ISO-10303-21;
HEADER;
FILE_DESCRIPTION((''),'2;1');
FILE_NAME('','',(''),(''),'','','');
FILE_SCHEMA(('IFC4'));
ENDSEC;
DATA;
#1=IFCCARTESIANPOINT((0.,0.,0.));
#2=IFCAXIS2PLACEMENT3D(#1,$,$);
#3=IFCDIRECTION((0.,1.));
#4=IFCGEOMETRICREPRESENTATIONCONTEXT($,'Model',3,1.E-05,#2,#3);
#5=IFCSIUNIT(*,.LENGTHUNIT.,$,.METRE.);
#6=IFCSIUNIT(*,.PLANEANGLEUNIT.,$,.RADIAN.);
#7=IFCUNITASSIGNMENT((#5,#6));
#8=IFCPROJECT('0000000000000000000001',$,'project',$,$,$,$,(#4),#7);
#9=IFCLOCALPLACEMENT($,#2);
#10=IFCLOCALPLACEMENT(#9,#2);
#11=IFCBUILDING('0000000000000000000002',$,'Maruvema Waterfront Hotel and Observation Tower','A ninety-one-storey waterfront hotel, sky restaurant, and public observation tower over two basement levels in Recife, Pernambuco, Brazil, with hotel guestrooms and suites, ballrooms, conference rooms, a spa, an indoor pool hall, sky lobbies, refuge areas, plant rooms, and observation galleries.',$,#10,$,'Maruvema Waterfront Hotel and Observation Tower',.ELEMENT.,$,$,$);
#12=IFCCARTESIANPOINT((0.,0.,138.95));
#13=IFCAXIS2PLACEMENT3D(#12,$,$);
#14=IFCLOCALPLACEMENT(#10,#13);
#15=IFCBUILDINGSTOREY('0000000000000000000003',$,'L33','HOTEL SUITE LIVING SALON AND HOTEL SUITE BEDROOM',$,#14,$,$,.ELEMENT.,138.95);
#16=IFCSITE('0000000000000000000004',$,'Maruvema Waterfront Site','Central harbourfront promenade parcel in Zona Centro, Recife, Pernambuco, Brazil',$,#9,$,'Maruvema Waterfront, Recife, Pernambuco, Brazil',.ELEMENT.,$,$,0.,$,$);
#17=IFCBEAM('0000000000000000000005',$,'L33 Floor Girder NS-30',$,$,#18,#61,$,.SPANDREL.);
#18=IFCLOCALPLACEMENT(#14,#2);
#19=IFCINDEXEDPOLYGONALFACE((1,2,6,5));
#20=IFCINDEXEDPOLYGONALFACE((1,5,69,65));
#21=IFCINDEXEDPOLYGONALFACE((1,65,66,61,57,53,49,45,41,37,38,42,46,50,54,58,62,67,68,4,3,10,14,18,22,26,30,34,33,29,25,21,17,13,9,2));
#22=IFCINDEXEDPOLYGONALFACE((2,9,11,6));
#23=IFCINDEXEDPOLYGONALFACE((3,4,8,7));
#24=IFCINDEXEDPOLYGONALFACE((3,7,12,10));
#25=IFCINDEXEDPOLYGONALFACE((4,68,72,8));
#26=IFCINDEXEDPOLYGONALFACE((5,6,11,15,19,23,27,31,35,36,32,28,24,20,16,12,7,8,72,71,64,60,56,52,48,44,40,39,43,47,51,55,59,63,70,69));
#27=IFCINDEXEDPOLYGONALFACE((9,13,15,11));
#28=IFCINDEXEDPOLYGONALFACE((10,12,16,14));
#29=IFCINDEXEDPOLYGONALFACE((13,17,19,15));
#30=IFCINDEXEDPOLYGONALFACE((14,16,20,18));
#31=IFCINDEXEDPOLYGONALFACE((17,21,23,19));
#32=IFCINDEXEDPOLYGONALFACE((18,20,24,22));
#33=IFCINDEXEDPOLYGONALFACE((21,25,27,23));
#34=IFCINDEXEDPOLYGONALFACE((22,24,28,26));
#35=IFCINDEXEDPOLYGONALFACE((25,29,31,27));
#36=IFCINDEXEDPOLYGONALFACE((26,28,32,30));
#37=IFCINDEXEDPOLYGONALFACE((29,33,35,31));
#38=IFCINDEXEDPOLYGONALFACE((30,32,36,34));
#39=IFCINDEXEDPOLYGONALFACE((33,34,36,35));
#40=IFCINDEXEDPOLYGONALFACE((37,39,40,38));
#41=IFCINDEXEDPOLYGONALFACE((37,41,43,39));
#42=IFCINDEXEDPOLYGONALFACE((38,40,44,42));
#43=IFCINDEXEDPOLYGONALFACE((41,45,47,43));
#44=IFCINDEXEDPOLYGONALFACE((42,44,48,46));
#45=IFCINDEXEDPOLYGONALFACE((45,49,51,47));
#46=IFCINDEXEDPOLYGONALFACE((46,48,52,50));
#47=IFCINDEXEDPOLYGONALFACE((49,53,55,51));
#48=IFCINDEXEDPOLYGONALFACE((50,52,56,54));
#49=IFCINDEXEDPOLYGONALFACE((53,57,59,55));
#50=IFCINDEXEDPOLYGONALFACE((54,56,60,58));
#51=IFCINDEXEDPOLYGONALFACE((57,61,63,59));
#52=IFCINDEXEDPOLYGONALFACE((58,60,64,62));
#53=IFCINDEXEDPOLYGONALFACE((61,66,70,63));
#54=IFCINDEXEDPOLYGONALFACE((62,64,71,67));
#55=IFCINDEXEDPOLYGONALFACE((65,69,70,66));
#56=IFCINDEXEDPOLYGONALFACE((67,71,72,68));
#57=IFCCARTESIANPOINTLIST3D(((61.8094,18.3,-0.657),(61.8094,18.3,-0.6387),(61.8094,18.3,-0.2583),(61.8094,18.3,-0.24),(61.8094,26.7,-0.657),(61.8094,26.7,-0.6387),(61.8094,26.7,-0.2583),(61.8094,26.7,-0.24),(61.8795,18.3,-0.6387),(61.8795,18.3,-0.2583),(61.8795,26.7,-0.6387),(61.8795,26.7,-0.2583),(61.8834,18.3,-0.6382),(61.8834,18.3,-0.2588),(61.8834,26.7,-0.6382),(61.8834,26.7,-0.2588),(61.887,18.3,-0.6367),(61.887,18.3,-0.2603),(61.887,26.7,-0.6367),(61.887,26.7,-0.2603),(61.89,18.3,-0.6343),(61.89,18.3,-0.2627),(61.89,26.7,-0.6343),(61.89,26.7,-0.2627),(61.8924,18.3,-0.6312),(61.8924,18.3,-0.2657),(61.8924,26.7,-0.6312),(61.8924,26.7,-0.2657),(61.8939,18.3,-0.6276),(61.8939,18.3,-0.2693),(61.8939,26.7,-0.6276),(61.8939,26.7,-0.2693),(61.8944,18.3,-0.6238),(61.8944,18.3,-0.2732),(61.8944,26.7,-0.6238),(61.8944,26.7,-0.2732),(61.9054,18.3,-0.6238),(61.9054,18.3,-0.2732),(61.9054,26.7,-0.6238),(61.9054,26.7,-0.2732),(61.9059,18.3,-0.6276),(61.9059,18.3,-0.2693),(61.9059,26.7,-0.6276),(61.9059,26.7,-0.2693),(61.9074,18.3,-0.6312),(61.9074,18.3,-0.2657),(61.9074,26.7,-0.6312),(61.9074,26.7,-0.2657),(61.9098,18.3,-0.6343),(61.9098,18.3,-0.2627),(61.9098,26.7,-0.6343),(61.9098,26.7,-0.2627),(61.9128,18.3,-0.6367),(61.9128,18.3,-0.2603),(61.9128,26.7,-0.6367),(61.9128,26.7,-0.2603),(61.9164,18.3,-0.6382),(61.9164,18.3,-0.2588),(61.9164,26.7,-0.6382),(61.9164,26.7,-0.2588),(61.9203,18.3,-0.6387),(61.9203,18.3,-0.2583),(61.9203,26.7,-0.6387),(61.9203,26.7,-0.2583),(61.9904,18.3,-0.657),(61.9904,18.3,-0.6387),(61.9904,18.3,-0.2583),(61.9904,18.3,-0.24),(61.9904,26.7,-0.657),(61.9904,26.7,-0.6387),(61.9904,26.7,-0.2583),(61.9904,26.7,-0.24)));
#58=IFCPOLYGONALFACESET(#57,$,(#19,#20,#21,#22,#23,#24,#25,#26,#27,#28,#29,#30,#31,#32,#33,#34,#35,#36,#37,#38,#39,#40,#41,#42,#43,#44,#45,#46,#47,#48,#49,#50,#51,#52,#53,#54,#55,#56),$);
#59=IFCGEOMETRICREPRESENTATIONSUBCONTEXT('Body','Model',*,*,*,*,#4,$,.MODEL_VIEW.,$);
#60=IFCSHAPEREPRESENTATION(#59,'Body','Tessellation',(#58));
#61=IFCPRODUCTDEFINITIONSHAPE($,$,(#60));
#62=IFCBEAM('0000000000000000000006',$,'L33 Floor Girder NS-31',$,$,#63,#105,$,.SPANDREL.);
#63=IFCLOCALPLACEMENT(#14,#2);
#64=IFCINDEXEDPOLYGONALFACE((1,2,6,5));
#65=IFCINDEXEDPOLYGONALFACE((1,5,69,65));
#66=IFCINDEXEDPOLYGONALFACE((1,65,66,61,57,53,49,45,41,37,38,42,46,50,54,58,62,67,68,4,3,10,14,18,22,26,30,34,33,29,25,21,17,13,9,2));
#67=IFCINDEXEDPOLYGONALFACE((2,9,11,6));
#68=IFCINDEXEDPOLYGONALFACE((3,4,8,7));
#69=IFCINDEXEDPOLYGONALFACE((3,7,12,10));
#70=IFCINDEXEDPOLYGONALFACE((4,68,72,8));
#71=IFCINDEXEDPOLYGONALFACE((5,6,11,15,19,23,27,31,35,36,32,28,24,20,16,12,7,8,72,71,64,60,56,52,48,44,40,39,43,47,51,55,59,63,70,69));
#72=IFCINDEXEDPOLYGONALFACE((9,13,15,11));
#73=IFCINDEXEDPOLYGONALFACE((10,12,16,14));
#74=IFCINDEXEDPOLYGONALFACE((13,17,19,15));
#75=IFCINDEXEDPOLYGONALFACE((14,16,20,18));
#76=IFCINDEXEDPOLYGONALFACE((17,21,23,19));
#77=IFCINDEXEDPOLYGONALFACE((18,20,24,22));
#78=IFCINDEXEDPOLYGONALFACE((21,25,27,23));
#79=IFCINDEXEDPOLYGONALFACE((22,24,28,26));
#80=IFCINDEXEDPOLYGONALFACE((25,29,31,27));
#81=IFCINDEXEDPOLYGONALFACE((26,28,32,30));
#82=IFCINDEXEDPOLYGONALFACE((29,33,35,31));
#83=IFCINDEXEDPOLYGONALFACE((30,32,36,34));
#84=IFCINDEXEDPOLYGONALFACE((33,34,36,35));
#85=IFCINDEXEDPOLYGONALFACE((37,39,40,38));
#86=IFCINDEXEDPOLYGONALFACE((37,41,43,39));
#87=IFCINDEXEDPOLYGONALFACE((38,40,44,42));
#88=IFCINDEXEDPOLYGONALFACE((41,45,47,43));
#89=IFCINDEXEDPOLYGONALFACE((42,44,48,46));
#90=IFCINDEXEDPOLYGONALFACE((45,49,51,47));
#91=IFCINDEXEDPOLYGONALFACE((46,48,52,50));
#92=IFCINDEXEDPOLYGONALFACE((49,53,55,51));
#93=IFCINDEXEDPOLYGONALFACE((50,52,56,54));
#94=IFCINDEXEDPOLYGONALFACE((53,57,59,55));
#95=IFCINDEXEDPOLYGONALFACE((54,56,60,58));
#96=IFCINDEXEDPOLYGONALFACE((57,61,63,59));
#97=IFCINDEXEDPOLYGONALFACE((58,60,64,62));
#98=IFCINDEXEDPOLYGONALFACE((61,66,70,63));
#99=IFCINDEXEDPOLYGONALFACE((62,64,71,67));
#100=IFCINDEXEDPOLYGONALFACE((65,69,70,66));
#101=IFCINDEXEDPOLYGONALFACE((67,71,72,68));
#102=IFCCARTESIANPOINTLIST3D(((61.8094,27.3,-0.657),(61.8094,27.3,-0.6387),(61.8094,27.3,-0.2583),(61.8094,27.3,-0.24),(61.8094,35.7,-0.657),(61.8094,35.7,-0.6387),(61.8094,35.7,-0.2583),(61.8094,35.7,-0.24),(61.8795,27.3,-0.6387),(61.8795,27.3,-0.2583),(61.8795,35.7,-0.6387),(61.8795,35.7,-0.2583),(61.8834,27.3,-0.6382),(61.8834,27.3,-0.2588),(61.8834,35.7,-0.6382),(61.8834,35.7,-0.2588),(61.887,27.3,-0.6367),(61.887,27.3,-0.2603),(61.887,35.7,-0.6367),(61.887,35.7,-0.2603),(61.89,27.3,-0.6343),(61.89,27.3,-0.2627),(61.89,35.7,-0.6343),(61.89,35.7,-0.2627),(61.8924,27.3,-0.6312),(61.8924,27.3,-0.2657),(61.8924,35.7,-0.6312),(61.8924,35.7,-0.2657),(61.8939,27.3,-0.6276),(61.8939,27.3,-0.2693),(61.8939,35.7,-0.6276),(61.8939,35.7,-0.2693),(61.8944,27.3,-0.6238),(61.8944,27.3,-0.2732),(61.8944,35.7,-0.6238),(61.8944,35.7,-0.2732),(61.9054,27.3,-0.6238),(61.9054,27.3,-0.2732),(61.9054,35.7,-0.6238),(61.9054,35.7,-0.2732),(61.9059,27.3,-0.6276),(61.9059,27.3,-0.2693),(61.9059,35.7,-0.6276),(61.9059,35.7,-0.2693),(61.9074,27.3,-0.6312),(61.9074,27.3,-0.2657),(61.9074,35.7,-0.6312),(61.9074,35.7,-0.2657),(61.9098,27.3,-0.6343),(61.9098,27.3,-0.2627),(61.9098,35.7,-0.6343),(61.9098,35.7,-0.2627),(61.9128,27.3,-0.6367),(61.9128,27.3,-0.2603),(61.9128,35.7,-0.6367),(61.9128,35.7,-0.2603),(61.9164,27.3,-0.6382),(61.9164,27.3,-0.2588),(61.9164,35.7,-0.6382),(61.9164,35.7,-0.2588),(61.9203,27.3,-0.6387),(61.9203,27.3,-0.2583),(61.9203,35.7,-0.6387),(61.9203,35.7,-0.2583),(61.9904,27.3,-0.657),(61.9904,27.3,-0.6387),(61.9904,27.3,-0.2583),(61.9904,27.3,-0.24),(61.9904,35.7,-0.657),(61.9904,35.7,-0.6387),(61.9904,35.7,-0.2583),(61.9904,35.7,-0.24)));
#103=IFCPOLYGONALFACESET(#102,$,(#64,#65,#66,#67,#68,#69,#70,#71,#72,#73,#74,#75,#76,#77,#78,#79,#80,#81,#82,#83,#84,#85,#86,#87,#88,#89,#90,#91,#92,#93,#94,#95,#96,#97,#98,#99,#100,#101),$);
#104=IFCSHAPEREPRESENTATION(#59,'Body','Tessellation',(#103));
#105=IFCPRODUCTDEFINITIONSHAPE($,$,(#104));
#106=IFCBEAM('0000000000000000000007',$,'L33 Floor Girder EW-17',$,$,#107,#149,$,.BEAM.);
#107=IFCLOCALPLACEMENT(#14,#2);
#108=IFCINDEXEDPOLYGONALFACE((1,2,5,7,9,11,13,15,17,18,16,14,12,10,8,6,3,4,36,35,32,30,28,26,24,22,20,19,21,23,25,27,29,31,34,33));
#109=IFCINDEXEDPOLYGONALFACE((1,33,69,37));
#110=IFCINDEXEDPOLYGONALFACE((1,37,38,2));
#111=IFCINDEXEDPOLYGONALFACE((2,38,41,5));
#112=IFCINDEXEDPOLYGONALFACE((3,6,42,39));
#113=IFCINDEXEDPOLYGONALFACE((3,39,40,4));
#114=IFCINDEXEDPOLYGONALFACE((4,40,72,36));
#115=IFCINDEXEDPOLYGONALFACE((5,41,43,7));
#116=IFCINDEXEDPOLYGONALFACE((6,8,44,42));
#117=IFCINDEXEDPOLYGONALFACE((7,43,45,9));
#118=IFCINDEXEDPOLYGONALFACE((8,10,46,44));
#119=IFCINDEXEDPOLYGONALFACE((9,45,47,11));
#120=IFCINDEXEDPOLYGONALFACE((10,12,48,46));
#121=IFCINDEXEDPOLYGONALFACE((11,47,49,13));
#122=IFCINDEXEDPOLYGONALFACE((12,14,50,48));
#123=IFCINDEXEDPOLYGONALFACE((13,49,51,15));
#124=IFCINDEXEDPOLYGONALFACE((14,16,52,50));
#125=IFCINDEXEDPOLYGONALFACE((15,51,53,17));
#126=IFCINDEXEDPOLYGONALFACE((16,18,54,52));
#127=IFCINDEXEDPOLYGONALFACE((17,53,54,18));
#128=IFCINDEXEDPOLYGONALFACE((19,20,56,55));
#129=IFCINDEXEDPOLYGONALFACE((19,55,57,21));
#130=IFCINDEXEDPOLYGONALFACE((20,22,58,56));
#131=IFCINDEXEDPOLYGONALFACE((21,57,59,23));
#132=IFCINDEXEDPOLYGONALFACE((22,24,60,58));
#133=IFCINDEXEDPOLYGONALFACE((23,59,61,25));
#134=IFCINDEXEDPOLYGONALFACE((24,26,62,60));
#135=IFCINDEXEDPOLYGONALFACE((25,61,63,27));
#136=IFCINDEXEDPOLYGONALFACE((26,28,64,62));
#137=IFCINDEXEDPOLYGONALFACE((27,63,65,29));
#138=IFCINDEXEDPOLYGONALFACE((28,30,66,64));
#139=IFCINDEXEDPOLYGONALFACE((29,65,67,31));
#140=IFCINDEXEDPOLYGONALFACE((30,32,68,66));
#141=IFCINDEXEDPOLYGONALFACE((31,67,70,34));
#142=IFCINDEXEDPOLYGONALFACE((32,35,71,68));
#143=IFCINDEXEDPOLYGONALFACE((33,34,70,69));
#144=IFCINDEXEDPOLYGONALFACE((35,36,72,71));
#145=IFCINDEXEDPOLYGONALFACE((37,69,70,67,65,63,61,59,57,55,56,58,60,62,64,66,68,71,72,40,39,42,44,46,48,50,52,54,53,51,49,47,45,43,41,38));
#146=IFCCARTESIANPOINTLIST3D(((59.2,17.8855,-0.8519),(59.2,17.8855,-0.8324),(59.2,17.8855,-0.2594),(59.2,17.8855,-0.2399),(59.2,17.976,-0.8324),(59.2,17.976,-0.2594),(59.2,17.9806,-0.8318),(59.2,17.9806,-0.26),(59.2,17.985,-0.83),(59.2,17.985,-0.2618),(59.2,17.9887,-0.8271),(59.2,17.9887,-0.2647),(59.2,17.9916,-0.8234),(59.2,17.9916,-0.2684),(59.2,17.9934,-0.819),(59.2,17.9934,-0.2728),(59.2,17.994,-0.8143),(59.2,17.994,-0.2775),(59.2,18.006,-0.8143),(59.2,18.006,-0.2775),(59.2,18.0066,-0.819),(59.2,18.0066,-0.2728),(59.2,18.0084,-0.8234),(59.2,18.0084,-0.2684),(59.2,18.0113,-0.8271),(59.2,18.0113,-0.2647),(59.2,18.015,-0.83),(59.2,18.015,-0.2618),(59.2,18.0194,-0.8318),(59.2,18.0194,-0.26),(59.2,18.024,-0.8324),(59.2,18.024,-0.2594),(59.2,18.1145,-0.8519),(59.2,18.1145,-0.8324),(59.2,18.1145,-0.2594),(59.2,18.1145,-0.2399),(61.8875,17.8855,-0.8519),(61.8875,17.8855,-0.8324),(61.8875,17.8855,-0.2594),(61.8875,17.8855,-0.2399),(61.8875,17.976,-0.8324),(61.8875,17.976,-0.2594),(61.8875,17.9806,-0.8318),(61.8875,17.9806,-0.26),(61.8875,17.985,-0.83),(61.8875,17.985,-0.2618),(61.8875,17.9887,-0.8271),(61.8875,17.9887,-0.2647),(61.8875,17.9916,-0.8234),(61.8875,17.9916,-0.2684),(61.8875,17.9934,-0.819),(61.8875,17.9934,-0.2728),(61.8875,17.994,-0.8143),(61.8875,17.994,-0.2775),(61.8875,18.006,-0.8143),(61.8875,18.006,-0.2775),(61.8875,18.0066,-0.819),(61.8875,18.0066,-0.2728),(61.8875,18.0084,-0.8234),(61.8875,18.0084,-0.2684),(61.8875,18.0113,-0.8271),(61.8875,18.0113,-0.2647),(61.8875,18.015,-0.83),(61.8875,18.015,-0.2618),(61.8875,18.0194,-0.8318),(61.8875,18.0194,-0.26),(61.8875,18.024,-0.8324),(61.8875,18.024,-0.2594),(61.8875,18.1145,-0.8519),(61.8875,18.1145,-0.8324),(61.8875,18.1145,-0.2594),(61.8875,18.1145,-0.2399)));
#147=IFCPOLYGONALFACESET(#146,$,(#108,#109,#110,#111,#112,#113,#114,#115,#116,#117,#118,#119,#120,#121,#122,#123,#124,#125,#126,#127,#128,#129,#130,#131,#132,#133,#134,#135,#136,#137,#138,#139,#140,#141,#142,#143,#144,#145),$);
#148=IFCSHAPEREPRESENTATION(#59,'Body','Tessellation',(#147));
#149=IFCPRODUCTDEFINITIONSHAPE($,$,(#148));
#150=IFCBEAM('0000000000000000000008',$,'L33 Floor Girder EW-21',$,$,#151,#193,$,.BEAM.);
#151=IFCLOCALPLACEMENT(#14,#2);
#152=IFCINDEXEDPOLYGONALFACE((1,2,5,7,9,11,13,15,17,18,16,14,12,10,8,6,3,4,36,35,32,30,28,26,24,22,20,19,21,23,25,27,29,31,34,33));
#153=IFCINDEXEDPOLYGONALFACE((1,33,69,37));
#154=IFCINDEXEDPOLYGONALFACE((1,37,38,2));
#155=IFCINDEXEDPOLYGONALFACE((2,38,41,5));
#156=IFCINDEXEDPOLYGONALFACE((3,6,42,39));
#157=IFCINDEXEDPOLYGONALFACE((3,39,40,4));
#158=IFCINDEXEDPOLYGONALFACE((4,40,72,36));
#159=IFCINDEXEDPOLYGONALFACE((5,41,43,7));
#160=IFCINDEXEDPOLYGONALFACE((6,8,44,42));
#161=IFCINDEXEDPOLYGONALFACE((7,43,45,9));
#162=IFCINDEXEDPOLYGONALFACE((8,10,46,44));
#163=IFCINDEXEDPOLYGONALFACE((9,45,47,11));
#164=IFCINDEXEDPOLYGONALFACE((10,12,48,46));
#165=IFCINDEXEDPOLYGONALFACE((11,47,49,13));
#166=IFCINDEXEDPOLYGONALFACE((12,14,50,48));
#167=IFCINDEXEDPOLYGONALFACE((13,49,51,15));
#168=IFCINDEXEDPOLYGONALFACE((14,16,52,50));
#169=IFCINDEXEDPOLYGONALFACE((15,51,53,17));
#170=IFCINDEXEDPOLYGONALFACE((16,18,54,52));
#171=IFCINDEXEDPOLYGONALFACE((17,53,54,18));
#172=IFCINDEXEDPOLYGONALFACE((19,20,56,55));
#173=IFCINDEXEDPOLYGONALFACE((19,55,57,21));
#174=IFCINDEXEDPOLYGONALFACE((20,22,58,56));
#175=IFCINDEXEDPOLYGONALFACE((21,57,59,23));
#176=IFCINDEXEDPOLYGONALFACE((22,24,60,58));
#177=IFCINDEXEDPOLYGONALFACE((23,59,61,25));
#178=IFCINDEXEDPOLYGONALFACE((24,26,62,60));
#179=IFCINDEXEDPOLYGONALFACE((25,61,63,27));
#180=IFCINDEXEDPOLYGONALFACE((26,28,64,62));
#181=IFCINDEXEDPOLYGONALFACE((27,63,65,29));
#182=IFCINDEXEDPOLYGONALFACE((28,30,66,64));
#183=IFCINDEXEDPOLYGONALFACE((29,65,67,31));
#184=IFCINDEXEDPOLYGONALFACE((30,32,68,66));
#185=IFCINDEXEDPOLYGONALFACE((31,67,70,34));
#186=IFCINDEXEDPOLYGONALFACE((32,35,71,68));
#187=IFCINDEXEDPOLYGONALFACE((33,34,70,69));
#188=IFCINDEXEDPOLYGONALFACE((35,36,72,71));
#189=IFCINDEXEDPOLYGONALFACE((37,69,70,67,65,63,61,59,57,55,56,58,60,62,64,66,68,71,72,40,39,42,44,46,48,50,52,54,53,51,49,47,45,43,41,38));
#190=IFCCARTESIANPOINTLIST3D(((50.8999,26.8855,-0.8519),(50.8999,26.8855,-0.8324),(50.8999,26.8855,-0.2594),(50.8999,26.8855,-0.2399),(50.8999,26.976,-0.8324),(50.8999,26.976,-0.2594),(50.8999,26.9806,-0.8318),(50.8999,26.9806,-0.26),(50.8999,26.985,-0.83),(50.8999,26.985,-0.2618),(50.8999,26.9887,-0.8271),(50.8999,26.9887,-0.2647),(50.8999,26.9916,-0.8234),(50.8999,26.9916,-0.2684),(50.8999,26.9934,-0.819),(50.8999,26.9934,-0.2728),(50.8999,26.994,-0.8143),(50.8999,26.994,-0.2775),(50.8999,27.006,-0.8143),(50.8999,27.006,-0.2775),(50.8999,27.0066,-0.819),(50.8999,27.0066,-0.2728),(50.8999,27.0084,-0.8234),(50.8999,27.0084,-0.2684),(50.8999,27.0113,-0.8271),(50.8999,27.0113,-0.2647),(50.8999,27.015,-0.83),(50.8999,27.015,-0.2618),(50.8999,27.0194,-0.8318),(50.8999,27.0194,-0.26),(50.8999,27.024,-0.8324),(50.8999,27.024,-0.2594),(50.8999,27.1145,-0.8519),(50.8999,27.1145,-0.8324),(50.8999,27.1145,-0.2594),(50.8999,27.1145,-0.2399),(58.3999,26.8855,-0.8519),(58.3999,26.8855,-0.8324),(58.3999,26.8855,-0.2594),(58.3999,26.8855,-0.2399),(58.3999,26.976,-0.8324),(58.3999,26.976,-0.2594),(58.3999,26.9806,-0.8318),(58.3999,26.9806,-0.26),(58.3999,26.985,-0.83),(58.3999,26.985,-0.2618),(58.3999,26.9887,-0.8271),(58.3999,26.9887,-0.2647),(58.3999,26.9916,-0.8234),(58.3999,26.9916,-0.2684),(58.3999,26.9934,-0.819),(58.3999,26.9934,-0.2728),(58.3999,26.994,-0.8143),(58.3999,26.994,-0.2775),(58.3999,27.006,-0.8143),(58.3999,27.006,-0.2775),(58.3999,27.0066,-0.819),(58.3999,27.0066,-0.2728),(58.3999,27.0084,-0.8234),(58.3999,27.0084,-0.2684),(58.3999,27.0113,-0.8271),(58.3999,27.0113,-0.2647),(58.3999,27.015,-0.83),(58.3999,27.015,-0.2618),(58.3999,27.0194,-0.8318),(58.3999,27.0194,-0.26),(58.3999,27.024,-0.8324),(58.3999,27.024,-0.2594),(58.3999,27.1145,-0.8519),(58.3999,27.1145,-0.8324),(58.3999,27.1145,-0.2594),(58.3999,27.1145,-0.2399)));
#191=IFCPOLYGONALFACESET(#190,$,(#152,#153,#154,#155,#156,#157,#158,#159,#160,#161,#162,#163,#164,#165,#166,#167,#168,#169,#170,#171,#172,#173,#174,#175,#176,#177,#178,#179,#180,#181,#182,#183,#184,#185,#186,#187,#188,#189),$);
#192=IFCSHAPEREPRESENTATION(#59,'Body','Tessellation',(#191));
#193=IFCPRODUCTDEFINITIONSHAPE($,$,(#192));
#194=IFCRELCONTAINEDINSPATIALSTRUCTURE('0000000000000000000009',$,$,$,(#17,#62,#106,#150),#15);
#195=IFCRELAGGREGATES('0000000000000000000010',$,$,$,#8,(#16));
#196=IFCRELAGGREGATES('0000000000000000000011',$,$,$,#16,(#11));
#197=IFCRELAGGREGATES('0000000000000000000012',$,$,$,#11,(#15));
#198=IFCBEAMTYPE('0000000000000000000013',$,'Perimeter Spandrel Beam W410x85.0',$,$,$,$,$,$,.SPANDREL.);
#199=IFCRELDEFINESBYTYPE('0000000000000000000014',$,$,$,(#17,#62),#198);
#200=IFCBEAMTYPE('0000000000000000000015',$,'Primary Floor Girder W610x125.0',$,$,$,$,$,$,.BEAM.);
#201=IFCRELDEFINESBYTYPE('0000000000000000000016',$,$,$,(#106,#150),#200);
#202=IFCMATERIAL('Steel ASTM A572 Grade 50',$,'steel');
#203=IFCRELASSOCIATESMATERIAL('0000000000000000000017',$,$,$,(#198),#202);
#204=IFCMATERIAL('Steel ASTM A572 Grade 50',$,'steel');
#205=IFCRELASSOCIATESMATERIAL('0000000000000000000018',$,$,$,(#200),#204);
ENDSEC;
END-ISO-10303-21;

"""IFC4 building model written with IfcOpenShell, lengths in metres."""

from ifc_helpers import new_model, si_unit, direction, frame, origin, origin_2d, place, context, subcontext, project, spatial, i_section, extrude, material, material_profile, profile_set, type_object, element, save


model = new_model("IFC4")

# Units and contexts
model_context = context("Model", 3, precision=1e-05, world=origin(), true_north=direction((0.0, 1.0)))
body_context = subcontext(model_context, "Body", "Model", "MODEL_VIEW")
ifc_project = project(units=[si_unit("LENGTHUNIT", "METRE"), si_unit("PLANEANGLEUNIT", "RADIAN")], contexts=[model_context])

# Site, building, storey
site_placement = place(None, origin())
site = spatial("IfcSite", under=ifc_project, at=site_placement, Name="Maruvema Waterfront Site", Description="Central harbourfront promenade parcel in Zona Centro, Recife, Pernambuco, Brazil", LongName="Maruvema Waterfront, Recife, Pernambuco, Brazil", CompositionType="ELEMENT", RefElevation=0.0)
building_placement = place(site_placement, origin())
building = spatial("IfcBuilding", under=site, at=building_placement, Name="Maruvema Waterfront Hotel and Observation Tower", Description="A ninety-one-storey waterfront hotel, sky restaurant, and public observation tower over two basement levels in Recife, Pernambuco, Brazil, with hotel guestrooms and suites, ballrooms, conference rooms, a spa, an indoor pool hall, sky lobbies, refuge areas, plant rooms, and observation galleries.", LongName="Maruvema Waterfront Hotel and Observation Tower", CompositionType="ELEMENT")
storey_placement = place(building_placement, frame((0.0, 0.0, 138.95)))
storey = spatial("IfcBuildingStorey", under=building, at=storey_placement, Name="L33", Description="HOTEL SUITE LIVING SALON AND HOTEL SUITE BEDROOM", CompositionType="ELEMENT", Elevation=138.95)

# Beams
ifc_material_1 = material(Name="Steel ASTM A572 Grade 50", Category="steel")
ifc_material_profile_1 = material_profile(ifc_material_1, i_section(OverallWidth=0.1809, OverallDepth=0.417, WebThickness=0.011, FlangeThickness=0.0183, FilletRadius=0.0149, at=origin_2d()), Name="W410x85.0")
ifc_profile_set_1 = profile_set([ifc_material_profile_1], Name="Steel ASTM A572 Grade 50")
beam_type_1 = type_object("IfcBeamType", Name="Perimeter Spandrel Beam W410x85.0", PredefinedType="SPANDREL", material=ifc_profile_set_1)
for number, where, z_axis, x_axis, name in (
    (1, (61.8999, 18.3, -0.4485), (0.0, 1.0, 0.0), (-1.0, 0.0, 0.0), "L33 Floor Girder NS-30"),
    (2, (61.8999, 27.3, -0.4485), (0.0, 1.0, 0.0), (-1.0, 0.0, 0.0), "L33 Floor Girder NS-31"),
):
    element("IfcBeam", number, at=place(storey_placement, frame(where, z_axis=z_axis, x_axis=x_axis)), inside=storey, type_object=beam_type_1, Name=name, PredefinedType="SPANDREL", context=body_context, shape_type="SweptSolid", body=[
        extrude(i_section(OverallWidth=0.1809, OverallDepth=0.417, WebThickness=0.011, FlangeThickness=0.0183, FilletRadius=0.0149, at=origin_2d()), origin(), (0.0, 0.0, 1.0), 8.3999),
    ])
ifc_material_2 = material(Name="Steel ASTM A572 Grade 50", Category="steel")
ifc_material_profile_2 = material_profile(ifc_material_2, i_section(OverallWidth=0.229, OverallDepth=0.6121, WebThickness=0.012, FlangeThickness=0.0195, FilletRadius=0.0181, at=origin_2d()), Name="W610x125.0")
ifc_profile_set_2 = profile_set([ifc_material_profile_2], Name="Steel ASTM A572 Grade 50")
beam_type_2 = type_object("IfcBeamType", Name="Primary Floor Girder W610x125.0", PredefinedType="BEAM", material=ifc_profile_set_2)
beam_1_placement = place(storey_placement, frame((59.2, 18.0, -0.5459), z_axis=(1.0, 0.0, 0.0), x_axis=(0.0, 1.0, 0.0)))
element("IfcBeam", 3, at=beam_1_placement, inside=storey, type_object=beam_type_2, Name="L33 Floor Girder EW-17", PredefinedType="BEAM", context=body_context, shape_type="SweptSolid", body=[
    extrude(i_section(OverallWidth=0.229, OverallDepth=0.6121, WebThickness=0.012, FlangeThickness=0.0195, FilletRadius=0.0181, at=origin_2d()), origin(), (0.0, 0.0, 1.0), 2.6875),
])
beam_2_placement = place(storey_placement, frame((50.8999, 27.0, -0.5459), z_axis=(1.0, 0.0, 0.0), x_axis=(0.0, 1.0, 0.0)))
element("IfcBeam", 4, at=beam_2_placement, inside=storey, type_object=beam_type_2, Name="L33 Floor Girder EW-21", PredefinedType="BEAM", context=body_context, shape_type="SweptSolid", body=[
    extrude(i_section(OverallWidth=0.229, OverallDepth=0.6121, WebThickness=0.012, FlangeThickness=0.0195, FilletRadius=0.0181, at=origin_2d()), origin(), (0.0, 0.0, 1.0), 7.5),
])

save(model, "model.ifc")
